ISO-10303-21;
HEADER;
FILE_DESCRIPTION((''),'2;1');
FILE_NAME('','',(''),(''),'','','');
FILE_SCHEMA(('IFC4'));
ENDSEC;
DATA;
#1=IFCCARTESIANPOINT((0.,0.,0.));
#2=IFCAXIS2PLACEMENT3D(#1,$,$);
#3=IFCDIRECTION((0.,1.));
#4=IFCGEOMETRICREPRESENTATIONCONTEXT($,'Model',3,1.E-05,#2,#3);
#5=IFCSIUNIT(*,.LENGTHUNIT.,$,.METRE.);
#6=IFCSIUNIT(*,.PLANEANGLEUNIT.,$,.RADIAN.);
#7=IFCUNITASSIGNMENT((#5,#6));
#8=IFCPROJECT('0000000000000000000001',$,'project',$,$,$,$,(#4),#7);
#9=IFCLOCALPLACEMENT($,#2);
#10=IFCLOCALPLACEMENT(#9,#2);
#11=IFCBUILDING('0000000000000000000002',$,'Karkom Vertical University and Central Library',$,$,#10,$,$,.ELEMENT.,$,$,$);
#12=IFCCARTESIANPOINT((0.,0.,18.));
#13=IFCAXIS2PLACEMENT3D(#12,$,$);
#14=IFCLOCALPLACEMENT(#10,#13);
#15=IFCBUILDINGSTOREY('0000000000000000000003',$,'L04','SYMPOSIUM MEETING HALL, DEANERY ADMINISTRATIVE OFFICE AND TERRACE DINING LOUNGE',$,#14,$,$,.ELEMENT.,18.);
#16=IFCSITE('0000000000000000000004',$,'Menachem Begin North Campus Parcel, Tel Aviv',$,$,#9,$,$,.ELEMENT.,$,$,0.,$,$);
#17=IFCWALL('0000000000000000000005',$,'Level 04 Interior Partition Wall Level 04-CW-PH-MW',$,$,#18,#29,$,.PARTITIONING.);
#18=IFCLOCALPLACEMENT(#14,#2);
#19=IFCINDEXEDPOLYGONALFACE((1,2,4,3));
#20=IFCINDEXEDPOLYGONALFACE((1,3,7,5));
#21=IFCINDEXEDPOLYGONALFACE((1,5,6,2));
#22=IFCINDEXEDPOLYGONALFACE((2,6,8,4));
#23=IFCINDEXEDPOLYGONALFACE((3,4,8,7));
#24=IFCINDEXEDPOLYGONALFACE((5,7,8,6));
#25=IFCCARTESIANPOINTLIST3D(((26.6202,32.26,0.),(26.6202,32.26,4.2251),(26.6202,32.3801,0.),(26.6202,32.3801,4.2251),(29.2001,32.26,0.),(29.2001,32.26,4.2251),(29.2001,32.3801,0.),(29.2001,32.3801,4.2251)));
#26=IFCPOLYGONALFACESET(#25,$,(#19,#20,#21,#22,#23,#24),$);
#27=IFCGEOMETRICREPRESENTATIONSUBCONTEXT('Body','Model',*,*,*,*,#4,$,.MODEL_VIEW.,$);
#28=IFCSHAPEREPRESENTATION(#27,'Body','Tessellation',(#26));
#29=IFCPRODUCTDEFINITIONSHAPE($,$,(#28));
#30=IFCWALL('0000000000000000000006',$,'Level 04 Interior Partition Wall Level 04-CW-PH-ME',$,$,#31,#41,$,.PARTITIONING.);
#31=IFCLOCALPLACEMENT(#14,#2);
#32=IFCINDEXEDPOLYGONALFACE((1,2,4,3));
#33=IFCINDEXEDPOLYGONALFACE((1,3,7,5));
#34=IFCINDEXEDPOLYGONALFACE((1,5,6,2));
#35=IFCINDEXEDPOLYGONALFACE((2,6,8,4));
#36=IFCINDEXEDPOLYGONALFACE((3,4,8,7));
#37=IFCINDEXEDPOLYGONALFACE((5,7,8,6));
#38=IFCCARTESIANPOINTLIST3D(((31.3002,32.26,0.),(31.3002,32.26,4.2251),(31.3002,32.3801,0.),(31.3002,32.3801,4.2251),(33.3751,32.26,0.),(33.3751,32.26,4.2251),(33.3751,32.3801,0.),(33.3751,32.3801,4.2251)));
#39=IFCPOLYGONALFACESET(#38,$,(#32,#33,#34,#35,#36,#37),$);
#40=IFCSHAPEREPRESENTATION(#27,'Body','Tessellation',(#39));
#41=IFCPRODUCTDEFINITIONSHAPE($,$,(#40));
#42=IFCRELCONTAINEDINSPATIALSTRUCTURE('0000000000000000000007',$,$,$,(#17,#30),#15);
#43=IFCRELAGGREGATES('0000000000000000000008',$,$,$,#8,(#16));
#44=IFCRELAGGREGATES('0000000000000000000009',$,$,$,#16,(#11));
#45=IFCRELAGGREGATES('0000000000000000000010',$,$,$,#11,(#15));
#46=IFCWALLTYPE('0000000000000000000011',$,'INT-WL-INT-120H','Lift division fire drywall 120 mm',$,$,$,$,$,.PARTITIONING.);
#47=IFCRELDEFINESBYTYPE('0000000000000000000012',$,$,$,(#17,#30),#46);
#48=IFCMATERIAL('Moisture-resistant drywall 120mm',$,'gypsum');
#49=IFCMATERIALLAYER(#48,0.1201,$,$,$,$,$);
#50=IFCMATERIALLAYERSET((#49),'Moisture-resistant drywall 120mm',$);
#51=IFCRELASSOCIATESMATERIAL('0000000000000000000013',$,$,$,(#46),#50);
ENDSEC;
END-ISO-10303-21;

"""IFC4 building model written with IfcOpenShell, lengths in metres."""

from ifc_helpers import new_model, si_unit, direction, frame, frame_2d, origin, place, context, subcontext, project, spatial, rectangle, extrude, material, layer, layer_set, type_object, element, save


model = new_model("IFC4")

# Units and contexts
model_context = context("Model", 3, precision=1e-05, world=origin(), true_north=direction((0.0, 1.0)))
body_context = subcontext(model_context, "Body", "Model", "MODEL_VIEW")
ifc_project = project(units=[si_unit("LENGTHUNIT", "METRE"), si_unit("PLANEANGLEUNIT", "RADIAN")], contexts=[model_context])

# Site, building, storey
site_placement = place(None, origin())
site = spatial("IfcSite", under=ifc_project, at=site_placement, Name="Menachem Begin North Campus Parcel, Tel Aviv", CompositionType="ELEMENT", RefElevation=0.0)
building_placement = place(site_placement, origin())
building = spatial("IfcBuilding", under=site, at=building_placement, Name="Karkom Vertical University and Central Library", CompositionType="ELEMENT")
storey_placement = place(building_placement, frame((0.0, 0.0, 18.0)))
storey = spatial("IfcBuildingStorey", under=building, at=storey_placement, Name="L04", Description="SYMPOSIUM MEETING HALL, DEANERY ADMINISTRATIVE OFFICE AND TERRACE DINING LOUNGE", CompositionType="ELEMENT", Elevation=18.0)

# Walls
ifc_material_1 = material(Name="Moisture-resistant drywall 120mm", Category="gypsum")
ifc_layer_1 = layer(ifc_material_1, 0.1201)
ifc_layer_set_1 = layer_set([ifc_layer_1], Name="Moisture-resistant drywall 120mm")
wall_type_1 = type_object("IfcWallType", Name="INT-WL-INT-120H", Description="Lift division fire drywall 120 mm", PredefinedType="PARTITIONING", material=ifc_layer_set_1)
wall_1_placement = place(storey_placement, frame((26.6201, 32.3201, 0.0), z_axis=(0.0, 0.0, 1.0), x_axis=(1.0, 0.0, 0.0)))
element("IfcWall", 1, at=wall_1_placement, inside=storey, type_object=wall_type_1, Name="Level 04 Interior Partition Wall Level 04-CW-PH-MW", PredefinedType="PARTITIONING", context=body_context, shape_type="SweptSolid", body=[
    extrude(rectangle(XDim=2.5798, YDim=0.1201, at=frame_2d((1.29, 0.0))), origin(), (0.0, 0.0, 1.0), 4.2251),
])
wall_2_placement = place(storey_placement, frame((31.3, 32.3201, 0.0), z_axis=(0.0, 0.0, 1.0), x_axis=(1.0, 0.0, 0.0)))
element("IfcWall", 2, at=wall_2_placement, inside=storey, type_object=wall_type_1, Name="Level 04 Interior Partition Wall Level 04-CW-PH-ME", PredefinedType="PARTITIONING", context=body_context, shape_type="SweptSolid", body=[
    extrude(rectangle(XDim=2.075, YDim=0.1201, at=frame_2d((1.0376, 0.0))), origin(), (0.0, 0.0, 1.0), 4.2251),
])

save(model, "model.ifc")
